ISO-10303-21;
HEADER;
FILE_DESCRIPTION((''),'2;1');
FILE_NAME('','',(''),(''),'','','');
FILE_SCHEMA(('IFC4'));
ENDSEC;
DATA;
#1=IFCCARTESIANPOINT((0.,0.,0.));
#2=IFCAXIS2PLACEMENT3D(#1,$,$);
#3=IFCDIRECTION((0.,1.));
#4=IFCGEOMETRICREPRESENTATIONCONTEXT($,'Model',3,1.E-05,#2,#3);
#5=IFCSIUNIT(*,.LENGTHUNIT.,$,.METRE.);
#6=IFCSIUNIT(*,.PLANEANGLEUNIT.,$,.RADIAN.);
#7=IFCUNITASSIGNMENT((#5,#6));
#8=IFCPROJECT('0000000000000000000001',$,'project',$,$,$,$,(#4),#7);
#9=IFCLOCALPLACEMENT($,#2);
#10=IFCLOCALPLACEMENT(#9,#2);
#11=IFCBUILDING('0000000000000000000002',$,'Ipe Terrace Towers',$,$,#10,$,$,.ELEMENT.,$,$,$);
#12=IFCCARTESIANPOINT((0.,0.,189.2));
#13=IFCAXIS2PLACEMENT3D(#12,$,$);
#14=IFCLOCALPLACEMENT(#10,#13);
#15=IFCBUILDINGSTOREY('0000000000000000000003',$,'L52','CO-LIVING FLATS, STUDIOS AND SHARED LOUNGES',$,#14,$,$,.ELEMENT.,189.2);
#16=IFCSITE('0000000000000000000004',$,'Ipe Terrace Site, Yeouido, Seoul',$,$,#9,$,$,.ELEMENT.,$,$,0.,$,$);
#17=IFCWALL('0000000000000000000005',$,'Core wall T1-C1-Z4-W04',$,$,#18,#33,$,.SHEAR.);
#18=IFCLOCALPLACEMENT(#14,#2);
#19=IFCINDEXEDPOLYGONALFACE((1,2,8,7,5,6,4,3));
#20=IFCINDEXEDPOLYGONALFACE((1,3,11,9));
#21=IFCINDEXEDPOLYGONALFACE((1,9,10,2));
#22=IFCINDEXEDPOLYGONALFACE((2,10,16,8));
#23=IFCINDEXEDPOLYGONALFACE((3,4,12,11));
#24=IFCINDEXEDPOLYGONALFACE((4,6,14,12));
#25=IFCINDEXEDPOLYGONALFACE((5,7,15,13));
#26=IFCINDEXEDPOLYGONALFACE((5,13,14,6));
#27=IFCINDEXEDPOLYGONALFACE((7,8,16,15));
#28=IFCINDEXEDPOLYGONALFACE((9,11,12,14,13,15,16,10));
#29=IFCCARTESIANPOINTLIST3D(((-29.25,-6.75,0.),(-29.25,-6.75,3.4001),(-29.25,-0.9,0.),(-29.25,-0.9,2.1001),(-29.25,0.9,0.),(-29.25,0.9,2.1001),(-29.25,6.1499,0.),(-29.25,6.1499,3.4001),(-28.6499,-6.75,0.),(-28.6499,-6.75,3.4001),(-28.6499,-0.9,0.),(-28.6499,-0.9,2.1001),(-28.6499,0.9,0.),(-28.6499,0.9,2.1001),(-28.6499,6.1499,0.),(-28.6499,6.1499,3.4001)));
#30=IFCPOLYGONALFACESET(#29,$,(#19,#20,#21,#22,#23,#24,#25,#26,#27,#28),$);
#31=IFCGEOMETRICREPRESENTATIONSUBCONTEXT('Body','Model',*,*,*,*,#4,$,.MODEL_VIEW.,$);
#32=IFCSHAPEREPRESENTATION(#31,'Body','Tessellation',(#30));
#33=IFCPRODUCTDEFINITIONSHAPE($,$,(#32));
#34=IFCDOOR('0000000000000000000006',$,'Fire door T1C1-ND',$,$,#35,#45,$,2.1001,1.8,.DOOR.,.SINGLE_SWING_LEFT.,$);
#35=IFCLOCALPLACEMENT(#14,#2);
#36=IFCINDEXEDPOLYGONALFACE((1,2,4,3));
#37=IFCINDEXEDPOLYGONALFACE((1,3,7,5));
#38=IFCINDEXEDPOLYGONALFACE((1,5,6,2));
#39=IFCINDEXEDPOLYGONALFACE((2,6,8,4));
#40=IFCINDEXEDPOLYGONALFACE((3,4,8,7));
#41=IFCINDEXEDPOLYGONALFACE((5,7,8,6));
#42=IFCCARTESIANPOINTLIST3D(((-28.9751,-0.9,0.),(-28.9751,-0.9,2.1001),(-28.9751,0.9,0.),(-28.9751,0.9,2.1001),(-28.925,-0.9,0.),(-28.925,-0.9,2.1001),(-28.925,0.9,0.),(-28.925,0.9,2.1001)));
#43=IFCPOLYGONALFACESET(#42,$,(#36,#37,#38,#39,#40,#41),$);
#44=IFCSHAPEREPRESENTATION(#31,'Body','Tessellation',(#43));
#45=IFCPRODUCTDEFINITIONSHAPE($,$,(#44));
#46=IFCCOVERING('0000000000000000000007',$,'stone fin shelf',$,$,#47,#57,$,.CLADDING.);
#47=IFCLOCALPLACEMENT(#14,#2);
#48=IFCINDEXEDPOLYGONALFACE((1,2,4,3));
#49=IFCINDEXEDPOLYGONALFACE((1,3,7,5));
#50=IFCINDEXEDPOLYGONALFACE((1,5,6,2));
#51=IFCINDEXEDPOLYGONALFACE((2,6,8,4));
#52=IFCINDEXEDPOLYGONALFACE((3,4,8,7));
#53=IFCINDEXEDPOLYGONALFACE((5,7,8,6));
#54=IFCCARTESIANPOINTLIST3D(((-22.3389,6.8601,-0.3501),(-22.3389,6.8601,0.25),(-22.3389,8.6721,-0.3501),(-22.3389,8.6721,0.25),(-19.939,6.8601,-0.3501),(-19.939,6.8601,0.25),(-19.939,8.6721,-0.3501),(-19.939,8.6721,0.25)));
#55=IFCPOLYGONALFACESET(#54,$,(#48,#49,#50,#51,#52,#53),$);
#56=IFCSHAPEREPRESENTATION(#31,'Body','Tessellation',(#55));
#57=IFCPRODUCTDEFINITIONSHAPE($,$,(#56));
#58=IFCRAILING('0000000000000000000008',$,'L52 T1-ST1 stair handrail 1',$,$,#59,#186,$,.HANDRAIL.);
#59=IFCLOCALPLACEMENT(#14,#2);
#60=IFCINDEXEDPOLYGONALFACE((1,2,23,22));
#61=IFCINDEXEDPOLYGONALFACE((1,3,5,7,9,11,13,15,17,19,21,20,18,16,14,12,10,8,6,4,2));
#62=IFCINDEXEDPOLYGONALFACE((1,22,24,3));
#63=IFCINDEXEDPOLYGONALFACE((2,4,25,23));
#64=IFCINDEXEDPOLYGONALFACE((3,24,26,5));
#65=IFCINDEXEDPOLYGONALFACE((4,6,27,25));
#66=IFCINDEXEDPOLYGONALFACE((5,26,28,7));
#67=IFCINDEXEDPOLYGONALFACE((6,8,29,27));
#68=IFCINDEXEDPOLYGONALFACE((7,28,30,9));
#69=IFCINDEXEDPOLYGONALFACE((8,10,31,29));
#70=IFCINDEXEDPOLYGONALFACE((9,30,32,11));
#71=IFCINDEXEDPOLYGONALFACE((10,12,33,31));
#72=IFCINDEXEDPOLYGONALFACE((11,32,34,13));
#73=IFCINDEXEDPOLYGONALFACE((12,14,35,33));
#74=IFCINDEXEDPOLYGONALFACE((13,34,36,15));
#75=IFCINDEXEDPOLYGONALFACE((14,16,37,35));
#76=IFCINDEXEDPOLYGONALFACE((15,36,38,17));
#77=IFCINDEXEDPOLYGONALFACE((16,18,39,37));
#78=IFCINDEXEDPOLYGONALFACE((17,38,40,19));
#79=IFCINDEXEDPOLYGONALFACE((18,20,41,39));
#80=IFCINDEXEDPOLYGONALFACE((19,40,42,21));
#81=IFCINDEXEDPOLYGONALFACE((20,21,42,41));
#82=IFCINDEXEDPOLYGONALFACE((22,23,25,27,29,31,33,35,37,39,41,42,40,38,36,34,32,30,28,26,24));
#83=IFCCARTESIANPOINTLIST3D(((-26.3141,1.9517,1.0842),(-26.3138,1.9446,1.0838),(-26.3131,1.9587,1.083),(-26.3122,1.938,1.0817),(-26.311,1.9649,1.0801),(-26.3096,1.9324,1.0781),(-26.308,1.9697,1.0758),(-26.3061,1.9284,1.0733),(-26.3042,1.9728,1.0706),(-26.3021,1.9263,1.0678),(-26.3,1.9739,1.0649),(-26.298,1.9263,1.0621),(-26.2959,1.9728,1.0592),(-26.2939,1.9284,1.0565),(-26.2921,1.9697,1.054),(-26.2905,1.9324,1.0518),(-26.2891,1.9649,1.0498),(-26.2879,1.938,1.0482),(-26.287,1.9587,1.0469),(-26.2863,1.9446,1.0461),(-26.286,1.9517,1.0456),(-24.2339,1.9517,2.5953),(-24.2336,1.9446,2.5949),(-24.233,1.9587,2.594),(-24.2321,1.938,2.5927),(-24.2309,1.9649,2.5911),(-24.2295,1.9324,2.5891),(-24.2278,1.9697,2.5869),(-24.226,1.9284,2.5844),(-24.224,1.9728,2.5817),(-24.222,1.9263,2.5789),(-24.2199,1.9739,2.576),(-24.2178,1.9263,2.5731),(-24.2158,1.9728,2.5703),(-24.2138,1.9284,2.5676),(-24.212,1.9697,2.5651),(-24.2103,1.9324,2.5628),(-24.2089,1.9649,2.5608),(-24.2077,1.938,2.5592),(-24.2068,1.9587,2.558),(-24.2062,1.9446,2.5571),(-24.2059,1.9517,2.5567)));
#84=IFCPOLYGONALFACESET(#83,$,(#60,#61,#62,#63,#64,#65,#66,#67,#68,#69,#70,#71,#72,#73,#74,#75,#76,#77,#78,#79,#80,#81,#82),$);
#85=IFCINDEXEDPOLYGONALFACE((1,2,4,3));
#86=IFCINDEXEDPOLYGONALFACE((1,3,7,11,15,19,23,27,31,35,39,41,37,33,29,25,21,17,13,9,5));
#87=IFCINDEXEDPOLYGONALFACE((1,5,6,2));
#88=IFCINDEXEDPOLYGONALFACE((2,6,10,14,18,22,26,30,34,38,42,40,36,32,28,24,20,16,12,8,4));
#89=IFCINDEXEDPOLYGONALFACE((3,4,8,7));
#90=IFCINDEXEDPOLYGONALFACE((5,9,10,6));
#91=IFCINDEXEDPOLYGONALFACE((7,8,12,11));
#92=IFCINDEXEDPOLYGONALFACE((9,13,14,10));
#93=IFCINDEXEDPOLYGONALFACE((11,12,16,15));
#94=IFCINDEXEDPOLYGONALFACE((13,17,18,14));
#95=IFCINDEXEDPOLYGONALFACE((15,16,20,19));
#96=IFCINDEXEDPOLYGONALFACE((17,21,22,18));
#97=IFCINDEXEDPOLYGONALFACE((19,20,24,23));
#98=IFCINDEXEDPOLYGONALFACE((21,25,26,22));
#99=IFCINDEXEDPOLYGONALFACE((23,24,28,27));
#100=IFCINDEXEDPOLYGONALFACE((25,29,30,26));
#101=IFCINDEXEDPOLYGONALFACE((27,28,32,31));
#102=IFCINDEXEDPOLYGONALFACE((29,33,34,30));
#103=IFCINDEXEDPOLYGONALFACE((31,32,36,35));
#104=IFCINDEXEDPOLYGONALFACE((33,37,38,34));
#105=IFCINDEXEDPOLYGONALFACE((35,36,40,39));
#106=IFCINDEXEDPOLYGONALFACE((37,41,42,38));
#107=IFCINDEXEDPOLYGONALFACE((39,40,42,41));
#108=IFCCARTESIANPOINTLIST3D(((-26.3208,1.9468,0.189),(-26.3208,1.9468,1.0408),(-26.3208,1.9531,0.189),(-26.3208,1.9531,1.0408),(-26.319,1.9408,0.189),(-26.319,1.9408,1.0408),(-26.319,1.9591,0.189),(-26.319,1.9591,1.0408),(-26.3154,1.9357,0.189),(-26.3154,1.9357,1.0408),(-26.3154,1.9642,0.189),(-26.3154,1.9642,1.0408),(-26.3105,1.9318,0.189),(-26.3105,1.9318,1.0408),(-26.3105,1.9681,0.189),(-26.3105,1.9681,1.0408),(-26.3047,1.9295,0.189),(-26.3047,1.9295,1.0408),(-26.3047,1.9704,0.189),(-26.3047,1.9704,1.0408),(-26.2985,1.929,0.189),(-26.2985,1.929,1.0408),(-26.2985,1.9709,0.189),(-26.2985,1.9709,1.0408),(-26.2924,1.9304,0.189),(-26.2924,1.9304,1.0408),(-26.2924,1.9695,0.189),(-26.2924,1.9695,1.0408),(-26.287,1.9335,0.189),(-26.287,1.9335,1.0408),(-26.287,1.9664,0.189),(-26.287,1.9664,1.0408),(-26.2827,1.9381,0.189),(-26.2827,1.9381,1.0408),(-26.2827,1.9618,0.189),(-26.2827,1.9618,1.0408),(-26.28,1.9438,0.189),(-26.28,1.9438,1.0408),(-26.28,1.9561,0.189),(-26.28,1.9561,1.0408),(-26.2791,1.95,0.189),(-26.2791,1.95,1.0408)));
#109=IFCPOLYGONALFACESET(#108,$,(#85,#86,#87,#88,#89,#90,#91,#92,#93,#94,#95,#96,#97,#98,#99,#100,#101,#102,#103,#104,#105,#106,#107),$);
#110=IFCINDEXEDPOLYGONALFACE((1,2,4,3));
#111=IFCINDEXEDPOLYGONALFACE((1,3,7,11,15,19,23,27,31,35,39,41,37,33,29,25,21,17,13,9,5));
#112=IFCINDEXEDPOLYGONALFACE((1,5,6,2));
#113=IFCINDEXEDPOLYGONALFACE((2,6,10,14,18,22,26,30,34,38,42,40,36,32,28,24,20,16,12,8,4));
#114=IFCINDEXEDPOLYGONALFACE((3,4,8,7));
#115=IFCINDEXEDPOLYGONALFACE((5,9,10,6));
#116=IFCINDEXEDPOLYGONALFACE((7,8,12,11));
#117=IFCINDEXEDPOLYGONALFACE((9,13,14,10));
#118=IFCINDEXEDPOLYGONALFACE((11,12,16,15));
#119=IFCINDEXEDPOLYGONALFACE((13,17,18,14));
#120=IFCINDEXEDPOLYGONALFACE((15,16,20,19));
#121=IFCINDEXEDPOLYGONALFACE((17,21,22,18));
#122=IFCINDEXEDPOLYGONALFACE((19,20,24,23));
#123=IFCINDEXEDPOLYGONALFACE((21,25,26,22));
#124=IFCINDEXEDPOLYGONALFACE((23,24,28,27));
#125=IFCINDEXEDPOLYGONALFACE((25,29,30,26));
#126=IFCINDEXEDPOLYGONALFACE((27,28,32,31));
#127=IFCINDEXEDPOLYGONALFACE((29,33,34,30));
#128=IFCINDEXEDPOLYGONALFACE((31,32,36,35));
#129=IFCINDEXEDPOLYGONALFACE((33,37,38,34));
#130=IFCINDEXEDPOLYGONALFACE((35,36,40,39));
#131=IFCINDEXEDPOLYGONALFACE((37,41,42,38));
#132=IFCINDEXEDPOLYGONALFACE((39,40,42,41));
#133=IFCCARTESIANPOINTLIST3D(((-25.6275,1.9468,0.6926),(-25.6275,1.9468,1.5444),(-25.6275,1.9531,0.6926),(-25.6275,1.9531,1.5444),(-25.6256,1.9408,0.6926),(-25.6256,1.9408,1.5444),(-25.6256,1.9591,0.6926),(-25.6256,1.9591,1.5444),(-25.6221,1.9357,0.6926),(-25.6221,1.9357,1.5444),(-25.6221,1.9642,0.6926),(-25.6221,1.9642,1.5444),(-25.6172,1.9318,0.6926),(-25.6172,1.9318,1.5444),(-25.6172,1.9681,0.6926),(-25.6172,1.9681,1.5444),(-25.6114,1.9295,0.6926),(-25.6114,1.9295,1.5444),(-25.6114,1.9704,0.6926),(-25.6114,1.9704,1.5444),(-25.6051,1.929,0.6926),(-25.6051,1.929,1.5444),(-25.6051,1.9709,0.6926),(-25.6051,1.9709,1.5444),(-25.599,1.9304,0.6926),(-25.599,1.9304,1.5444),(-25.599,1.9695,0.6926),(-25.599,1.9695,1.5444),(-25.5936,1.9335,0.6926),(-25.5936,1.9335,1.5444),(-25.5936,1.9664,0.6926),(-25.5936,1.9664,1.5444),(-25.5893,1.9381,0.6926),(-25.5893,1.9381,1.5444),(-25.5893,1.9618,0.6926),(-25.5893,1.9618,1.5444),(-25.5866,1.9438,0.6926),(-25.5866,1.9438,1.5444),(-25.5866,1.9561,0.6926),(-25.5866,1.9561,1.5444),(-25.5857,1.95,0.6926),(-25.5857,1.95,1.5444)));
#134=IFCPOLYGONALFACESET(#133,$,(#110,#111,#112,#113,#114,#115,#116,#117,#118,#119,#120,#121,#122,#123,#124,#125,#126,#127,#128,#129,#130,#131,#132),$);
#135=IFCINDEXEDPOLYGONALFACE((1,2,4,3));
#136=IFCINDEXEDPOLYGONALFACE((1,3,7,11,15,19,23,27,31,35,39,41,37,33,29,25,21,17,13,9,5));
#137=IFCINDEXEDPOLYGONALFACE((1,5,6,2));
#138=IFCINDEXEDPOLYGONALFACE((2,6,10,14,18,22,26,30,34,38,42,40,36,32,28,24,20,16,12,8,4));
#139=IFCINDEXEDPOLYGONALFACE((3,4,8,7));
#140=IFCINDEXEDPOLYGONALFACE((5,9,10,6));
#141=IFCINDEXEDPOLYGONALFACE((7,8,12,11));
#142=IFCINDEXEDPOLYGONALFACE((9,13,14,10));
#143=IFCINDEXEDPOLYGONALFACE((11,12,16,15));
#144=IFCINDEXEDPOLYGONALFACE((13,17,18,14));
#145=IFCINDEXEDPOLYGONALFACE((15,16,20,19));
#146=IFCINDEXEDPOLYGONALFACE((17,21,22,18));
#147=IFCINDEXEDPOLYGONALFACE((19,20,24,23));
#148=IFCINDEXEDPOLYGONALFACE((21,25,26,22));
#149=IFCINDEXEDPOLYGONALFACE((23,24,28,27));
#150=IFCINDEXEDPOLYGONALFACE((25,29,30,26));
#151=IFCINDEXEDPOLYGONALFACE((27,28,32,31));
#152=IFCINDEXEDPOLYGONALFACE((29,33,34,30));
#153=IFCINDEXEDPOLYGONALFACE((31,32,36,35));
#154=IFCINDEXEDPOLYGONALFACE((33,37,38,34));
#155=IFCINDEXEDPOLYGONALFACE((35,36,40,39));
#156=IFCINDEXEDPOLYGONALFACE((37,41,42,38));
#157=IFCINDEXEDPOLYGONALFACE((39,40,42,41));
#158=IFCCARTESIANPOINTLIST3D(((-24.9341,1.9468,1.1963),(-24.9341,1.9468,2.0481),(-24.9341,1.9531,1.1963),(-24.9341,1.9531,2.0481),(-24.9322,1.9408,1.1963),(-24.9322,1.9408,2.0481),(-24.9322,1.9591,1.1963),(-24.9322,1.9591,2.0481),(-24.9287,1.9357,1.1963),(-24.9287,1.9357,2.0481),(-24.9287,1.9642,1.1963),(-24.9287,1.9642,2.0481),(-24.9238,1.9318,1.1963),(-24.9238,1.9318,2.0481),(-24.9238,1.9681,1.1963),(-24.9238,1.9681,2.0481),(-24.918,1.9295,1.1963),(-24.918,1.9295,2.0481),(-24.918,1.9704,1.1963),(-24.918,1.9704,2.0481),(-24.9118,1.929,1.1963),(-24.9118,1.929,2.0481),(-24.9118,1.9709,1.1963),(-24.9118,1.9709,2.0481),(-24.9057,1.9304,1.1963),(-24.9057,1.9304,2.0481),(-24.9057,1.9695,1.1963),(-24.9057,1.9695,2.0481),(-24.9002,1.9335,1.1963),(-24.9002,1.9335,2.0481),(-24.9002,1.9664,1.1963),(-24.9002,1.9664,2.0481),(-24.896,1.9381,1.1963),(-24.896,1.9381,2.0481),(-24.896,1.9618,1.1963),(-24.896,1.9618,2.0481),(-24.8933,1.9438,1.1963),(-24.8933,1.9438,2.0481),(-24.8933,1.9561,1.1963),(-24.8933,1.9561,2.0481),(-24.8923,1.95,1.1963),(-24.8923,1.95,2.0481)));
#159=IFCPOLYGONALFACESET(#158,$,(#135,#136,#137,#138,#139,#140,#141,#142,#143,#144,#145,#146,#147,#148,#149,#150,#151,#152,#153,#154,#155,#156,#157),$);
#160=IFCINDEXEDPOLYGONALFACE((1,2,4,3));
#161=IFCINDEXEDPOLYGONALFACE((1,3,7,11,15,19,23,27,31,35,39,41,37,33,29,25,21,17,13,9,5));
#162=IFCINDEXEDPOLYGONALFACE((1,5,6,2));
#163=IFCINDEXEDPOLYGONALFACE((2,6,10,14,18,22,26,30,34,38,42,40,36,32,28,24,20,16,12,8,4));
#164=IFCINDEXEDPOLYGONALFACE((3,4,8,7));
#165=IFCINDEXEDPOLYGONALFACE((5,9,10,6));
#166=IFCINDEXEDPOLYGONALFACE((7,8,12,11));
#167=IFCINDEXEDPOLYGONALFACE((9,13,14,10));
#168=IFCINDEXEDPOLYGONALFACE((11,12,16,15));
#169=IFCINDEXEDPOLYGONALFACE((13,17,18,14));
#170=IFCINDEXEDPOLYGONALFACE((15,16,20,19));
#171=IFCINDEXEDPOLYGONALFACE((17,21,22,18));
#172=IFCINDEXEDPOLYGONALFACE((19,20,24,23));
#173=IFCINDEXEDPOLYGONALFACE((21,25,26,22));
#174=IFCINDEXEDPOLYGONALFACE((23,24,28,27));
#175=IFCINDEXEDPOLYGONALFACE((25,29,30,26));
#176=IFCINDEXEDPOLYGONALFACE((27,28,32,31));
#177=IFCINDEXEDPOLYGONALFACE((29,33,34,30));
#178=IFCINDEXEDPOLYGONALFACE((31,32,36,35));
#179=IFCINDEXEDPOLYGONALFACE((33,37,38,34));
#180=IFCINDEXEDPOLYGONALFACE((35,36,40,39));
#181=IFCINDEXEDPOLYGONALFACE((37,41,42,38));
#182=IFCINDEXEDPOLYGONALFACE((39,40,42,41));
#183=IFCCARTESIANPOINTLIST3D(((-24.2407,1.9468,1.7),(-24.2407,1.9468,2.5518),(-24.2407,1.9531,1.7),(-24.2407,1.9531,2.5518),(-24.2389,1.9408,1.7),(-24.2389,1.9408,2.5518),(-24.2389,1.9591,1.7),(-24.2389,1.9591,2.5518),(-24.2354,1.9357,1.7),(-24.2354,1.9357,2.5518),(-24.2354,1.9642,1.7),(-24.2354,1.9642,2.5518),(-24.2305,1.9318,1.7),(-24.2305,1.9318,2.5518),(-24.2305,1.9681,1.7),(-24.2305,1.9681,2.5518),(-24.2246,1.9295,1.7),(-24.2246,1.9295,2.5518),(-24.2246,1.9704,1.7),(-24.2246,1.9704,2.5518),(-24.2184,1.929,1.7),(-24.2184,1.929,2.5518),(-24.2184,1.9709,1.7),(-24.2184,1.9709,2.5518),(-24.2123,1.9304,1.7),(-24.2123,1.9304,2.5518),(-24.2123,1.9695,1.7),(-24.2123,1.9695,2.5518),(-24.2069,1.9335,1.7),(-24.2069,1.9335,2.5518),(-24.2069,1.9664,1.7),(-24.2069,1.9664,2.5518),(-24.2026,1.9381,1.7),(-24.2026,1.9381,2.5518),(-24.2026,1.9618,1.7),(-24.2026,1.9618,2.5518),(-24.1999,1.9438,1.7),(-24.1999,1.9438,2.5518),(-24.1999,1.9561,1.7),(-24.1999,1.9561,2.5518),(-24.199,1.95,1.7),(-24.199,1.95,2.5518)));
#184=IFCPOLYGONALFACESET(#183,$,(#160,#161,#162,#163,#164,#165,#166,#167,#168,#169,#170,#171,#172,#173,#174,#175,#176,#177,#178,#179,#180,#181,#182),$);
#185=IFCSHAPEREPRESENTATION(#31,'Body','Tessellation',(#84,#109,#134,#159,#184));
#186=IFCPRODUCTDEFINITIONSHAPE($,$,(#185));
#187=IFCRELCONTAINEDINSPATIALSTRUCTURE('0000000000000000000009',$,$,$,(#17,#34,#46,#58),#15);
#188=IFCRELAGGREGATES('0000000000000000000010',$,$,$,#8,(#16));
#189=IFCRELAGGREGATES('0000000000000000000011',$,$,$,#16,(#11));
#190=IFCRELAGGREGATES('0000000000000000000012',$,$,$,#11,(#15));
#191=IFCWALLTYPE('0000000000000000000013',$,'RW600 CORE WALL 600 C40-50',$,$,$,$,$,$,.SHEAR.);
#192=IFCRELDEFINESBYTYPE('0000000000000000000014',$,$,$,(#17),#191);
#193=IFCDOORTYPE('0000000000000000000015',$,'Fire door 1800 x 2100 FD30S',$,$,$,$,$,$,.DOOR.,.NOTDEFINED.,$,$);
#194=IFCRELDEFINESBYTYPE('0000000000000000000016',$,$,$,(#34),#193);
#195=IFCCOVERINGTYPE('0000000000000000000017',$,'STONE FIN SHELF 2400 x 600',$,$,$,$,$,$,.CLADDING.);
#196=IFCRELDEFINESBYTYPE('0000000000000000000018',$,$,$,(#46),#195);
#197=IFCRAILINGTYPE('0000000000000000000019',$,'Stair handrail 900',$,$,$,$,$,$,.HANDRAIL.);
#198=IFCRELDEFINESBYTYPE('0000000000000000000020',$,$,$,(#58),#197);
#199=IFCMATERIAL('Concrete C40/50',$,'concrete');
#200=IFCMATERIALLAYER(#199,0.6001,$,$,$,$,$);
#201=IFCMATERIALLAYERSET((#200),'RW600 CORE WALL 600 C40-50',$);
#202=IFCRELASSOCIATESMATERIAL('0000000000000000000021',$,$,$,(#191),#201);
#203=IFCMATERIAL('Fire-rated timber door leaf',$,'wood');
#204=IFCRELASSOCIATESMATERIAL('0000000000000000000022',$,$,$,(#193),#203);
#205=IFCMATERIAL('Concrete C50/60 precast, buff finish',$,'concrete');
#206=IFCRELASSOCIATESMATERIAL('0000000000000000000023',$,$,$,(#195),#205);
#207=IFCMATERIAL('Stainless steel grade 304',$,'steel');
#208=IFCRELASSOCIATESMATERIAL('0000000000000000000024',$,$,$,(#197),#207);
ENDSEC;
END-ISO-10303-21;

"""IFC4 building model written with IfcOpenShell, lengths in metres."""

from ifc_helpers import new_model, si_unit, direction, frame, frame_2d, origin, origin_2d, place, context, subcontext, project, spatial, rectangle, circle, extrude, material, layer, layer_set, type_object, element, fill, save


model = new_model("IFC4")

# Units and contexts
model_context = context("Model", 3, precision=1e-05, world=origin(), true_north=direction((0.0, 1.0)))
body_context = subcontext(model_context, "Body", "Model", "MODEL_VIEW")
ifc_project = project(units=[si_unit("LENGTHUNIT", "METRE"), si_unit("PLANEANGLEUNIT", "RADIAN")], contexts=[model_context])

# Site, building, storey
site_placement = place(None, origin())
site = spatial("IfcSite", under=ifc_project, at=site_placement, Name="Ipe Terrace Site, Yeouido, Seoul", CompositionType="ELEMENT", RefElevation=0.0)
building_placement = place(site_placement, origin())
building = spatial("IfcBuilding", under=site, at=building_placement, Name="Ipe Terrace Towers", CompositionType="ELEMENT")
storey_placement = place(building_placement, frame((0.0, 0.0, 189.2)))
storey = spatial("IfcBuildingStorey", under=building, at=storey_placement, Name="L52", Description="CO-LIVING FLATS, STUDIOS AND SHARED LOUNGES", CompositionType="ELEMENT", Elevation=189.2)

# Wall, opening, door
ifc_material_1 = material(Name="Concrete C40/50", Category="concrete")
ifc_layer_1 = layer(ifc_material_1, 0.6001)
ifc_layer_set_1 = layer_set([ifc_layer_1], Name="RW600 CORE WALL 600 C40-50")
wall_type_1 = type_object("IfcWallType", Name="RW600 CORE WALL 600 C40-50", PredefinedType="SHEAR", material=ifc_layer_set_1)
wall_1_placement = place(storey_placement, frame((-28.95, 6.1499, 0.0), z_axis=(0.0, 0.0, 1.0), x_axis=(0.0, -1.0, 0.0)))
wall_1 = element("IfcWall", 1, at=wall_1_placement, inside=storey, type_object=wall_type_1, Name="Core wall T1-C1-Z4-W04", PredefinedType="SHEAR", context=body_context, shape_type="SweptSolid", body=[
    extrude(rectangle(XDim=12.8999, YDim=0.6001, at=frame_2d((6.45, 0.0))), origin(), (0.0, 0.0, 1.0), 3.4001),
])
opening_1_placement = place(wall_1_placement, frame((5.25, 0.0, 0.0)))
opening_1 = element("IfcOpeningElement", 2, at=opening_1_placement, cuts=wall_1, PredefinedType="OPENING", context=body_context, shape_type="SweptSolid", body=[
    extrude(rectangle(XDim=1.8, YDim=2.1001, at=frame_2d((0.8999, 1.05))), frame((0.0, 0.3101, 0.0), z_axis=(0.0, -1.0, 0.0), x_axis=(1.0, 0.0, 0.0)), (0.0, 0.0, 1.0), 0.6201),
])
ifc_material_2 = material(Name="Fire-rated timber door leaf", Category="wood")
door_type_1 = type_object("IfcDoorType", Name="Fire door 1800 x 2100 FD30S", OperationType="NOTDEFINED", PredefinedType="DOOR", material=ifc_material_2)
door_1_placement = place(opening_1_placement, origin())
door_1 = element("IfcDoor", 3, at=door_1_placement, inside=storey, type_object=door_type_1, Name="Fire door T1C1-ND", OperationType="SINGLE_SWING_LEFT", OverallHeight=2.1001, OverallWidth=1.8, PredefinedType="DOOR", context=body_context, shape_type="SweptSolid", body=[
    extrude(rectangle(XDim=1.8, YDim=2.1001, at=frame_2d((0.8999, 1.05))), frame((0.0, 0.0249, 0.0), z_axis=(0.0, -1.0, 0.0), x_axis=(1.0, 0.0, 0.0)), (0.0, 0.0, 1.0), 0.05),
])
fill(opening_1, door_1)

# Covering
ifc_material_3 = material(Name="Concrete C50/60 precast, buff finish", Category="concrete")
covering_type = type_object("IfcCoveringType", Name="STONE FIN SHELF 2400 x 600", PredefinedType="CLADDING", material=ifc_material_3)
covering_placement = place(storey_placement, frame((-21.1389, 7.7661, -0.3501), z_axis=(0.0, 0.0, 1.0), x_axis=(-1.0, 0.0, 0.0)))
element("IfcCovering", 4, at=covering_placement, inside=storey, type_object=covering_type, Name="stone fin shelf", PredefinedType="CLADDING", context=body_context, shape_type="SweptSolid", body=[
    extrude(rectangle(XDim=2.3999, YDim=1.812, at=origin_2d()), origin(), (0.0, 0.0, 1.0), 0.6001),
])

# Railing
ifc_material_4 = material(Name="Stainless steel grade 304", Category="steel")
railing_type_1 = type_object("IfcRailingType", Name="Stair handrail 900", PredefinedType="HANDRAIL", material=ifc_material_4)
railing_1_placement = place(storey_placement, frame((-26.3, 1.95, 0.189)))
element("IfcRailing", 5, at=railing_1_placement, inside=storey, type_object=railing_type_1, Name="L52 T1-ST1 stair handrail 1", PredefinedType="HANDRAIL", context=body_context, shape_type="SweptSolid", body=[
    extrude(circle(Radius=0.0239, at=origin_2d()), frame((0.0, 0.0, 0.876), z_axis=(0.809069, 0.0, 0.587714), x_axis=(0.0, 1.0, 0.0)), (0.0, 0.0, 1.0), 2.571),
    extrude(circle(Radius=0.021, at=origin_2d()), origin(), (0.0, 0.0, 1.0), 0.8518),
    extrude(circle(Radius=0.021, at=origin_2d()), frame((0.6934, 0.0, 0.5037)), (0.0, 0.0, 1.0), 0.8518),
    extrude(circle(Radius=0.021, at=origin_2d()), frame((1.3867, 0.0, 1.0073)), (0.0, 0.0, 1.0), 0.8518),
    extrude(circle(Radius=0.021, at=origin_2d()), frame((2.0801, 0.0, 1.511)), (0.0, 0.0, 1.0), 0.8518),
])

save(model, "model.ifc")
